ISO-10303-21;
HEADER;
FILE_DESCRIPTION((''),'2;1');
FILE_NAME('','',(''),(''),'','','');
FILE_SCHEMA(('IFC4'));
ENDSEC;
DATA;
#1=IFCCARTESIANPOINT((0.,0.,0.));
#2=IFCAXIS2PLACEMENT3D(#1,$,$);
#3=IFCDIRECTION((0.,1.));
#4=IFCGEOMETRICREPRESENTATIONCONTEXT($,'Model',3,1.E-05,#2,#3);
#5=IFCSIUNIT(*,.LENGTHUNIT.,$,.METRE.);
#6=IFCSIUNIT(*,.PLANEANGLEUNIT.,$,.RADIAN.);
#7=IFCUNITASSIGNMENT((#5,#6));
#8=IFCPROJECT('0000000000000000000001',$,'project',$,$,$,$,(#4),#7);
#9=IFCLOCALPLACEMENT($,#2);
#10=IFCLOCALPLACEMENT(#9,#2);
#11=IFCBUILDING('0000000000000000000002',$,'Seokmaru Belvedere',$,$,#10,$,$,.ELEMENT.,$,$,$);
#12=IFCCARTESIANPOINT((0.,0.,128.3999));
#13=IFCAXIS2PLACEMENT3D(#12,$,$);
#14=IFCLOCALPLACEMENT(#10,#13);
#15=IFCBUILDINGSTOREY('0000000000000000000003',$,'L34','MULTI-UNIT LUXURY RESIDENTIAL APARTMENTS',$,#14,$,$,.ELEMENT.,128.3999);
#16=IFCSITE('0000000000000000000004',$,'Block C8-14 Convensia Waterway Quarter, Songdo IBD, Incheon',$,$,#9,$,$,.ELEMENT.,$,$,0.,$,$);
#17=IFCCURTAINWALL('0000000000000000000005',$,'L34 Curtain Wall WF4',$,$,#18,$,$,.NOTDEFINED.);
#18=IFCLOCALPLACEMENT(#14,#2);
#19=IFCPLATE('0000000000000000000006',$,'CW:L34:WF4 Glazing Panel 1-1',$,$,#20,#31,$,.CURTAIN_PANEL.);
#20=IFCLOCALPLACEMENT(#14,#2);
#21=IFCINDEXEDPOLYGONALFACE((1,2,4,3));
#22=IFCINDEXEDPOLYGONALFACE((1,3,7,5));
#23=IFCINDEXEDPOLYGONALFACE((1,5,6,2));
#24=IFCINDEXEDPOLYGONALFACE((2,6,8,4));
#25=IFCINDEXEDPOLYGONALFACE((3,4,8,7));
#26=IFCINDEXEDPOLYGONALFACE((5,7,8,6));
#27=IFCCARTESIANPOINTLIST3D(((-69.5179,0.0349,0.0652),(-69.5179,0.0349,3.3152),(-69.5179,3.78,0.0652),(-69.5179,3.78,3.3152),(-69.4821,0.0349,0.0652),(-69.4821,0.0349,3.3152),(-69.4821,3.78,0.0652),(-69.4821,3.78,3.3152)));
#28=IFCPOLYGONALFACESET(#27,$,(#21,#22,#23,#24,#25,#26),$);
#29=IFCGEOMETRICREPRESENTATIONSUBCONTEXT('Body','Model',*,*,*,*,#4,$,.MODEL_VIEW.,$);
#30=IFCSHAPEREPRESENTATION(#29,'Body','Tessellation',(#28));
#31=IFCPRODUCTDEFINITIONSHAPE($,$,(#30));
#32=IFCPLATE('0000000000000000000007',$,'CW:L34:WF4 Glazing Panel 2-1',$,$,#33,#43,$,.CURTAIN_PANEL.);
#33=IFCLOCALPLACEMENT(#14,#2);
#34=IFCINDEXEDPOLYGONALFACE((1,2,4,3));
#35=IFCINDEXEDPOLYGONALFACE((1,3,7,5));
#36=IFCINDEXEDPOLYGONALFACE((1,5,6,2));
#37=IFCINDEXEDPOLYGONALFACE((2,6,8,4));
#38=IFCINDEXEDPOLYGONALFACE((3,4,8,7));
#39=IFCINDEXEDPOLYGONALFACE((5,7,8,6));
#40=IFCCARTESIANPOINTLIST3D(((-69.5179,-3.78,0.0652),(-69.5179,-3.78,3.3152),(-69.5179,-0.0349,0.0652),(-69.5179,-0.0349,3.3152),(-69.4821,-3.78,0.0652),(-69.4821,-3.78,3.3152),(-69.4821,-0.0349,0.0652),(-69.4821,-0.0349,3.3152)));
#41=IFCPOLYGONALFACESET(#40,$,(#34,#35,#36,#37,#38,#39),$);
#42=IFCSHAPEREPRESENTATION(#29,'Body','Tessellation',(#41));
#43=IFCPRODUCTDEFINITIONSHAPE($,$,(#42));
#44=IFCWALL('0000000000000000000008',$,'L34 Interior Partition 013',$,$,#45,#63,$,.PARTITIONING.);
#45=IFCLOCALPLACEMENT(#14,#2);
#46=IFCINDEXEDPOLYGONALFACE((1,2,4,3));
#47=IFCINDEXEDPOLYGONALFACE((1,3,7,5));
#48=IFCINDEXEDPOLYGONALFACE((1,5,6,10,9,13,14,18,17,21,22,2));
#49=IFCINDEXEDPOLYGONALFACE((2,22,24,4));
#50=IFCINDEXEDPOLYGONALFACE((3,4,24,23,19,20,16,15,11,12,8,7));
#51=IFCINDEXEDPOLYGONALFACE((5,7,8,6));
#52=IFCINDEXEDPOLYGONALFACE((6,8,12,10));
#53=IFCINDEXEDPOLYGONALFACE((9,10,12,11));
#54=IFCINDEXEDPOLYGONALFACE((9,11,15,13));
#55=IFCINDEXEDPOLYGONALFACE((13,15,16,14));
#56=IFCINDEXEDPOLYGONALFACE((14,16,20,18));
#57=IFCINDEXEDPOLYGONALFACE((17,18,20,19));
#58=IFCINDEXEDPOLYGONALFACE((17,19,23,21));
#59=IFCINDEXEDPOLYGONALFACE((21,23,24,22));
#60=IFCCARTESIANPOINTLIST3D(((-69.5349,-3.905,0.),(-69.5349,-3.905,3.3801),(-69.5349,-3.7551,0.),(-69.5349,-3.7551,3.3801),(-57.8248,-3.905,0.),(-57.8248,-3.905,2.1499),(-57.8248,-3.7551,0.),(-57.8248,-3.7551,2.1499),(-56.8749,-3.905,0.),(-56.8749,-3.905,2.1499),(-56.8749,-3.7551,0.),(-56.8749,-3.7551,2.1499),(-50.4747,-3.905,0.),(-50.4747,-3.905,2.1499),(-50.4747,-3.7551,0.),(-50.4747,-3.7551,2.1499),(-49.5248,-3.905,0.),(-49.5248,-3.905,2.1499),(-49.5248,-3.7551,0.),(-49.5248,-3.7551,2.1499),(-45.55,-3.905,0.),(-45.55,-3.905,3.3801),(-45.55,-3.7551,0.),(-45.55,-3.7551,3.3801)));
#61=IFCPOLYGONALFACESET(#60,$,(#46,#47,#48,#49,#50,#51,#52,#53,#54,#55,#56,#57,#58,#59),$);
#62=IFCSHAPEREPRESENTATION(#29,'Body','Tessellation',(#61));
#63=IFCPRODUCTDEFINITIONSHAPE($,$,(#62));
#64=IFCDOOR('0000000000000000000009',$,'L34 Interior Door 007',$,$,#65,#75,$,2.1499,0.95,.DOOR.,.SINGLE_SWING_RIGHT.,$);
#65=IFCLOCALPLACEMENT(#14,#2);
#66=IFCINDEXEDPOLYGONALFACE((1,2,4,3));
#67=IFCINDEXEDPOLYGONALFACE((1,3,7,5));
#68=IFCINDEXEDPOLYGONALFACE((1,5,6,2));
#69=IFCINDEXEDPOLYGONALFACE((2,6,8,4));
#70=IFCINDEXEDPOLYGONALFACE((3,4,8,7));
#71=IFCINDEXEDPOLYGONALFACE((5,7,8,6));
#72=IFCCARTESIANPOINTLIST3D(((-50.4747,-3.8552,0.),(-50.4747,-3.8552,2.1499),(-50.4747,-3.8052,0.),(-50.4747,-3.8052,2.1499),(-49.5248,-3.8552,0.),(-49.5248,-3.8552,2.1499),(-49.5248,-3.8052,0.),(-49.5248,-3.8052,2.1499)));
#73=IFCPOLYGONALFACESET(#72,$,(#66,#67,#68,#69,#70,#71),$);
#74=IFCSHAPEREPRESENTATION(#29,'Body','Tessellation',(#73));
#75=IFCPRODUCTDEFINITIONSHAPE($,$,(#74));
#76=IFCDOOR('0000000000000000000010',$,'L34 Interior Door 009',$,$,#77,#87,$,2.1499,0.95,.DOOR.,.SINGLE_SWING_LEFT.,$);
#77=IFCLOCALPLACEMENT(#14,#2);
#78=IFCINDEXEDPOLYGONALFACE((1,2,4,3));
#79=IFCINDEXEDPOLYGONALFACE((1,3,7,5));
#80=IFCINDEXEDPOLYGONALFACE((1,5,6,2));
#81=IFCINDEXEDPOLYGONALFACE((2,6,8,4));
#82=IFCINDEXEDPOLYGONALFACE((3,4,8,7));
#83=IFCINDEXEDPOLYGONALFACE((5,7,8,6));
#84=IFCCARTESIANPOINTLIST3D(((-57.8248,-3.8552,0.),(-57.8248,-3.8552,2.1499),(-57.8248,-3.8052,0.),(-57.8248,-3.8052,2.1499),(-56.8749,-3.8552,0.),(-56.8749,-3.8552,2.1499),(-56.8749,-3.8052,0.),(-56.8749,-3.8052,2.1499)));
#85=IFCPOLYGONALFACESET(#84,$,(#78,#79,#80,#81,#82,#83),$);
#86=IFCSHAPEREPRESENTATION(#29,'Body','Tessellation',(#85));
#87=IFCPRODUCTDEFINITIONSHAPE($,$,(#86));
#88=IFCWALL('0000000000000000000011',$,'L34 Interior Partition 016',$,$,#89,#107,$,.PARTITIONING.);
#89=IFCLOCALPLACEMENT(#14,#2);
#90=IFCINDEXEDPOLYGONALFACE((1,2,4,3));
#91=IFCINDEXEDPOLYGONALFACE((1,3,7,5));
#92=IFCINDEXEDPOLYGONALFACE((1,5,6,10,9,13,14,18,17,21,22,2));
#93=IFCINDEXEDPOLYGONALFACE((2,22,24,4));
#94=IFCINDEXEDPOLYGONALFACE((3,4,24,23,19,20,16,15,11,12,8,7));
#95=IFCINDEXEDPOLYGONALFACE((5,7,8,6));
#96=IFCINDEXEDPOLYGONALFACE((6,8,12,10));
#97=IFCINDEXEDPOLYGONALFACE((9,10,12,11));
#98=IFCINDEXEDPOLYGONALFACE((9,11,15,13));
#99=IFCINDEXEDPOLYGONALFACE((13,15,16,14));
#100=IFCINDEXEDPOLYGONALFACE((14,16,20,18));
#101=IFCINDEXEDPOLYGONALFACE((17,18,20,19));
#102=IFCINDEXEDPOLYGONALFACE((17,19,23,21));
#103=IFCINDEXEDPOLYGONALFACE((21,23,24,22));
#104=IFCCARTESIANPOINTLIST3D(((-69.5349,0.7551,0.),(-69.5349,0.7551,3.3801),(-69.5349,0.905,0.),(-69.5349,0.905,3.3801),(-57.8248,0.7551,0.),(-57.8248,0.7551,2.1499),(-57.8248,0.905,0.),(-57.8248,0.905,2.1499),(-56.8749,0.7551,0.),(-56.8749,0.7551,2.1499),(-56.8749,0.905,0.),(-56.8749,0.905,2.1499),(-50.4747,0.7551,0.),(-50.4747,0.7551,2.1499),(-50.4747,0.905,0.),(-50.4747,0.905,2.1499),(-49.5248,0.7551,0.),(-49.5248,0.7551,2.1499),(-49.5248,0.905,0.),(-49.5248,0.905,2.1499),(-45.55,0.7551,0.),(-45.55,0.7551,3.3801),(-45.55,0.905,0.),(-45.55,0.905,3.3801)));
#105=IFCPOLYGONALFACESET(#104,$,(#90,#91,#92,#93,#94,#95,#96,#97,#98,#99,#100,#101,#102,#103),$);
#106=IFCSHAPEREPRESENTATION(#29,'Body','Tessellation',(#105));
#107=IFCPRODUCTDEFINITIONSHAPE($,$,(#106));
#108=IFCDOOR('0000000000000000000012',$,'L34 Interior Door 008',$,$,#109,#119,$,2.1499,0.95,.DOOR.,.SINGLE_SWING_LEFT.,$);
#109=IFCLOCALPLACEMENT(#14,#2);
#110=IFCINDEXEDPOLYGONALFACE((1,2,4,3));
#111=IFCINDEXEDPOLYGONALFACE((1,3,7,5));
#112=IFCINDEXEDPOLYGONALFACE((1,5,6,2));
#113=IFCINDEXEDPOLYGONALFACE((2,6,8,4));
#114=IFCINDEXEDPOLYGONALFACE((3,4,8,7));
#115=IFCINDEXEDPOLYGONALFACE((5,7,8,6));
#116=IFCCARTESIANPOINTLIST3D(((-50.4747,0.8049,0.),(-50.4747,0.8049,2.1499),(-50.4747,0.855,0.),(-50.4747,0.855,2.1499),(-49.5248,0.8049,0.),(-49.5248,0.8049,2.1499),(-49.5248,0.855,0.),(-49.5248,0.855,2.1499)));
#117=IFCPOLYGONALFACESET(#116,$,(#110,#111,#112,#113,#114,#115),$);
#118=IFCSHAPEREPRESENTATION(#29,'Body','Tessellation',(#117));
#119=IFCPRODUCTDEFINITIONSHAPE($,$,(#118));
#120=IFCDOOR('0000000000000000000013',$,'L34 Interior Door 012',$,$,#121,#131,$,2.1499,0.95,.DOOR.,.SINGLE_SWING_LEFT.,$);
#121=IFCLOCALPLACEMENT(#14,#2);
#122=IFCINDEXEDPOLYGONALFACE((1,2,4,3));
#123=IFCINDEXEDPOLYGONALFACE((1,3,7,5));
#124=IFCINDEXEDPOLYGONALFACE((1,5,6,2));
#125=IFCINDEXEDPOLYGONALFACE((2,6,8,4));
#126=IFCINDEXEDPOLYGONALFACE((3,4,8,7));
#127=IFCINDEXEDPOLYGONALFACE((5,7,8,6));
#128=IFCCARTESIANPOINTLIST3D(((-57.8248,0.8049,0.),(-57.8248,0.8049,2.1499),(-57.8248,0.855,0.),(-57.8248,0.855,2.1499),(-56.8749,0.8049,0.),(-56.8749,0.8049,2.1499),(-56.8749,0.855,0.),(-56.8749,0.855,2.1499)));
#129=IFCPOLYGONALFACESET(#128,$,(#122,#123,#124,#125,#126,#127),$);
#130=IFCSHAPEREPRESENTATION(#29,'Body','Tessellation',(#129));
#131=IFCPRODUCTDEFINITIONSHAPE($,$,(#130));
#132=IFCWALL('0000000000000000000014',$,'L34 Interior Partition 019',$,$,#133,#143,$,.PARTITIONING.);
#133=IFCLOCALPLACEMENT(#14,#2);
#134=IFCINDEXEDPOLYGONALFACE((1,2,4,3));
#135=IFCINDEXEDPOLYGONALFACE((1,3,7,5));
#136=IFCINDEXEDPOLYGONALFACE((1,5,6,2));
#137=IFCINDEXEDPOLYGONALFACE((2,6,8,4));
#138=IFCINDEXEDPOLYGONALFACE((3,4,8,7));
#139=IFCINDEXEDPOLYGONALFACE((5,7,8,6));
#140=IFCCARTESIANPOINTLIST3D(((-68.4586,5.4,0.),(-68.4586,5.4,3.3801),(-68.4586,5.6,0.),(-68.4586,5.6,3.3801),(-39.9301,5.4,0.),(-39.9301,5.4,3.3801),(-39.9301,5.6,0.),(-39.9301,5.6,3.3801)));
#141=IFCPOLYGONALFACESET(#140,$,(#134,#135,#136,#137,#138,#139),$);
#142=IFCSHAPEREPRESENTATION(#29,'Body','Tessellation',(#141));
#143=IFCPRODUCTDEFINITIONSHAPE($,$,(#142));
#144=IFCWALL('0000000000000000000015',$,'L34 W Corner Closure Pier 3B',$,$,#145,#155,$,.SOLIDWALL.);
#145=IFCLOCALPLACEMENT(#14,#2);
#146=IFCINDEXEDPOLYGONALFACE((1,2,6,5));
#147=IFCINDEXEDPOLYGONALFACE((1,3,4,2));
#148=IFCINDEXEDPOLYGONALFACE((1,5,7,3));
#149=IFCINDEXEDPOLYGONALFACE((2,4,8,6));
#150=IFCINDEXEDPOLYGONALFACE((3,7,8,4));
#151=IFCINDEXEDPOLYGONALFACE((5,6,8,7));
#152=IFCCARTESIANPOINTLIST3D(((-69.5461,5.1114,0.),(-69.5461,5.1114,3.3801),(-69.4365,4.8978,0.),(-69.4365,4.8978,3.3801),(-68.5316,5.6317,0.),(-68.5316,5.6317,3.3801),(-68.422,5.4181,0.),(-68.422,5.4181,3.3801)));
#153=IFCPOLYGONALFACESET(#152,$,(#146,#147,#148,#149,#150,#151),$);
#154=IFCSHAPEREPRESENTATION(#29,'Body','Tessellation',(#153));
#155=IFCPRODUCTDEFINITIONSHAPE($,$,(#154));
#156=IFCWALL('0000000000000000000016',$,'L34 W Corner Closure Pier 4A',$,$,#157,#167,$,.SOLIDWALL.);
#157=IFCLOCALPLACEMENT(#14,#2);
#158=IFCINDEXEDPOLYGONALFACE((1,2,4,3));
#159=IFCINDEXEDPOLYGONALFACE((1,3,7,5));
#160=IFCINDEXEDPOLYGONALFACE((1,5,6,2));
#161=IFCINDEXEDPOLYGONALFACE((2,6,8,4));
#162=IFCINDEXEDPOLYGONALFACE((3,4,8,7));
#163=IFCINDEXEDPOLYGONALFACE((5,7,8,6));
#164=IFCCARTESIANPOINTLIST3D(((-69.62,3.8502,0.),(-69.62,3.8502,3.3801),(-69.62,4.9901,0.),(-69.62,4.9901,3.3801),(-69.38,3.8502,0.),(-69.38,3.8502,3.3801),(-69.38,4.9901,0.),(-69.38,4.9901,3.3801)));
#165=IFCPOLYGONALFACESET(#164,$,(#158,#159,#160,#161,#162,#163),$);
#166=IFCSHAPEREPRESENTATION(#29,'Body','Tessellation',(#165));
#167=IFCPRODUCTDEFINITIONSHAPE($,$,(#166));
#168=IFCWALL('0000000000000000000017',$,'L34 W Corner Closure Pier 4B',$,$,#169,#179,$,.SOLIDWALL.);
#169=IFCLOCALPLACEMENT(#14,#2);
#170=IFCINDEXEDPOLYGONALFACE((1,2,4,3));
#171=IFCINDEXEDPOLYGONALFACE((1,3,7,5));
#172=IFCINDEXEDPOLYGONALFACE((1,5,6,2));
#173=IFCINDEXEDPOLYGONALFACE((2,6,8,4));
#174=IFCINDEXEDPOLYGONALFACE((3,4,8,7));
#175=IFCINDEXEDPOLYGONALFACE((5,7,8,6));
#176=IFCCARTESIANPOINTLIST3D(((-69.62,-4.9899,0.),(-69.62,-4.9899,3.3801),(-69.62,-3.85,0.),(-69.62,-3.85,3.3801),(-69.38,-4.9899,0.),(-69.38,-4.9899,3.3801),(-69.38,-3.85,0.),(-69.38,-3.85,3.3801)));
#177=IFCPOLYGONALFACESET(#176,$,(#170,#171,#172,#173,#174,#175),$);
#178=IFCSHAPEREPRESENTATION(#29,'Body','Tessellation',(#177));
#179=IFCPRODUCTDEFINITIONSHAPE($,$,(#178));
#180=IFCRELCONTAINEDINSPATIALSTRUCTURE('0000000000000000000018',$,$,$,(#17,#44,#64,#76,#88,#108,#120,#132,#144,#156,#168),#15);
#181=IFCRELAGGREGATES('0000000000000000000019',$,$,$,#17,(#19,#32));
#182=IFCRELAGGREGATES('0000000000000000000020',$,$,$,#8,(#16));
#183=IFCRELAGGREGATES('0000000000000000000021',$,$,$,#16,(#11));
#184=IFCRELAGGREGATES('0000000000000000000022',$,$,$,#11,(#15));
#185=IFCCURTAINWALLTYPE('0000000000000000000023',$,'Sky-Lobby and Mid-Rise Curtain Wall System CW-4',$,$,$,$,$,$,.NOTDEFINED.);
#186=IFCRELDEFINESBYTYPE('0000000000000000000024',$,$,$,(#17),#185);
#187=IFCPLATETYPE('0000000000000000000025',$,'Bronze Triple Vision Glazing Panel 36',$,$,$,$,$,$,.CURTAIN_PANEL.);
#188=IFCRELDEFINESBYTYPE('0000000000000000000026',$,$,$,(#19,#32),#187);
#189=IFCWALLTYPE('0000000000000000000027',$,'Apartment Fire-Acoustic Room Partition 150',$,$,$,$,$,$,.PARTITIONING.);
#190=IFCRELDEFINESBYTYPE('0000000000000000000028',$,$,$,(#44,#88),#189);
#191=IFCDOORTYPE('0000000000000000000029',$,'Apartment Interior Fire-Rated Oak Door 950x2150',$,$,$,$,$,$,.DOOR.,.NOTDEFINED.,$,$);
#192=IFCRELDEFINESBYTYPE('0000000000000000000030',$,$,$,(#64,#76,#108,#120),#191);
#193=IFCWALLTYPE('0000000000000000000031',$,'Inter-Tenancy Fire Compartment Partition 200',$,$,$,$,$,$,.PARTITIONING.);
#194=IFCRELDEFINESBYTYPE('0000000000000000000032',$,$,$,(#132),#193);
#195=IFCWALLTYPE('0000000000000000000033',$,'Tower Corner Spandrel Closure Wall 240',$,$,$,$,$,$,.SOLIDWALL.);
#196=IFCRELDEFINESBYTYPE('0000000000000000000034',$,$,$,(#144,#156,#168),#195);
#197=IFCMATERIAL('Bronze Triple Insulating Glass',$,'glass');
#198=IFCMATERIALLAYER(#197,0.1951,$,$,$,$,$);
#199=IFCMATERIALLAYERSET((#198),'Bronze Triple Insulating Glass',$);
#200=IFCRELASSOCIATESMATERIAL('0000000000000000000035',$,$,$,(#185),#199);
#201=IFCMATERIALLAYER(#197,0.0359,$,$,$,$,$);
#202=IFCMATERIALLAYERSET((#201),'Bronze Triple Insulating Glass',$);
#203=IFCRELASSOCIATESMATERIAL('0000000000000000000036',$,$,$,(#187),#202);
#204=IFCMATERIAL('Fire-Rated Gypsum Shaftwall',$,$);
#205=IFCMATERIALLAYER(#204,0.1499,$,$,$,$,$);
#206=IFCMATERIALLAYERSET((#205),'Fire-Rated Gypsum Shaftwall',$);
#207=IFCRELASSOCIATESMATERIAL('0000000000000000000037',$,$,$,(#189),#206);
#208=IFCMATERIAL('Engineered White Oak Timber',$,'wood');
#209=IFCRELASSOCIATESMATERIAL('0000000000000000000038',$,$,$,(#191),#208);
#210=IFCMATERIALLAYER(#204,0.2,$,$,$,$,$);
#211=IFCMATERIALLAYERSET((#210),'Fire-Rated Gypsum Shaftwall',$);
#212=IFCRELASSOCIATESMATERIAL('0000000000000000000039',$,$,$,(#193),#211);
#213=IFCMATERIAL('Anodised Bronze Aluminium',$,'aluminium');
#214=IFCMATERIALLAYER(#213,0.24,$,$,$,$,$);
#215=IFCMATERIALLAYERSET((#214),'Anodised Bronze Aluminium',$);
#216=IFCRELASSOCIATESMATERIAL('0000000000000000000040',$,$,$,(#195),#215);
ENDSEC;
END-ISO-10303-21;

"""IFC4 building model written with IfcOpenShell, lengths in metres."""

from ifc_helpers import new_model, si_unit, direction, frame, frame_2d, origin, origin_2d, place, context, subcontext, project, spatial, rectangle, extrude, source, transform, mapped, material, layer, layer_set, type_object, type_shapes, element, fill, aggregate, save


model = new_model("IFC4")

# Units and contexts
model_context = context("Model", 3, precision=1e-05, world=origin(), true_north=direction((0.0, 1.0)))
body_context = subcontext(model_context, "Body", "Model", "MODEL_VIEW")
ifc_project = project(units=[si_unit("LENGTHUNIT", "METRE"), si_unit("PLANEANGLEUNIT", "RADIAN")], contexts=[model_context])

# Site, building, storey
site_placement = place(None, origin())
site = spatial("IfcSite", under=ifc_project, at=site_placement, Name="Block C8-14 Convensia Waterway Quarter, Songdo IBD, Incheon", CompositionType="ELEMENT", RefElevation=0.0)
building_placement = place(site_placement, origin())
building = spatial("IfcBuilding", under=site, at=building_placement, Name="Seokmaru Belvedere", CompositionType="ELEMENT")
storey_placement = place(building_placement, frame((0.0, 0.0, 128.3999)))
storey = spatial("IfcBuildingStorey", under=building, at=storey_placement, Name="L34", Description="MULTI-UNIT LUXURY RESIDENTIAL APARTMENTS", CompositionType="ELEMENT", Elevation=128.3999)

# Shared definitions
ifc_material_1 = material(Name="Bronze Triple Insulating Glass", Category="glass")
ifc_layer_1 = layer(ifc_material_1, 0.1951)
ifc_layer_set_1 = layer_set([ifc_layer_1], Name="Bronze Triple Insulating Glass")
curtain_wall_type = type_object("IfcCurtainWallType", Name="Sky-Lobby and Mid-Rise Curtain Wall System CW-4", PredefinedType="NOTDEFINED", material=ifc_layer_set_1)
ifc_material_2 = material(Name="Anodised Bronze Aluminium", Category="aluminium")

# Curtain wall
curtain_wall_1_placement = place(storey_placement, origin())
curtain_wall_1 = element("IfcCurtainWall", 1, at=curtain_wall_1_placement, inside=storey, type_object=curtain_wall_type, Name="L34 Curtain Wall WF4", PredefinedType="NOTDEFINED")

# Plates
ifc_layer_2 = layer(ifc_material_1, 0.0359)
ifc_layer_set_2 = layer_set([ifc_layer_2], Name="Bronze Triple Insulating Glass")
plate_type = type_object("IfcPlateType", Name="Bronze Triple Vision Glazing Panel 36", PredefinedType="CURTAIN_PANEL", material=ifc_layer_set_2)
shared_shape_1 = source(origin(), body_context, "Body", "SweptSolid", [
    extrude(rectangle(XDim=3.7451, YDim=0.0359, at=origin_2d()), origin(), (0.0, 0.0, 1.0), 3.25),
])
plate_1_placement = place(storey_placement, frame((-69.5, 1.9075, 0.0652), z_axis=(0.0, 0.0, 1.0), x_axis=(0.0, -1.0, 0.0)))
plate_1 = element("IfcPlate", 2, at=plate_1_placement, type_object=plate_type, Name="CW:L34:WF4 Glazing Panel 1-1", PredefinedType="CURTAIN_PANEL", context=body_context, shape_type="MappedRepresentation", body=[
    mapped(shared_shape_1, transform((0.0, 0.0, 0.0), scale=1.0)),
])
plate_2_placement = place(storey_placement, frame((-69.5, -1.9075, 0.0652), z_axis=(0.0, 0.0, 1.0), x_axis=(0.0, -1.0, 0.0)))
plate_2 = element("IfcPlate", 3, at=plate_2_placement, type_object=plate_type, Name="CW:L34:WF4 Glazing Panel 2-1", PredefinedType="CURTAIN_PANEL", context=body_context, shape_type="MappedRepresentation", body=[
    mapped(shared_shape_1, transform((0.0, 0.0, 0.0), scale=1.0)),
])
aggregate(curtain_wall_1, [plate_1, plate_2])

# Walls, openings, doors
ifc_material_3 = material(Name="Fire-Rated Gypsum Shaftwall")
ifc_layer_3 = layer(ifc_material_3, 0.1499)
ifc_layer_set_3 = layer_set([ifc_layer_3], Name="Fire-Rated Gypsum Shaftwall")
wall_type_1 = type_object("IfcWallType", Name="Apartment Fire-Acoustic Room Partition 150", PredefinedType="PARTITIONING", material=ifc_layer_set_3)
wall_1_placement = place(storey_placement, frame((-69.5349, -3.8301, 0.0), z_axis=(0.0, 0.0, 1.0), x_axis=(1.0, 0.0, 0.0)))
wall_1 = element("IfcWall", 4, at=wall_1_placement, inside=storey, type_object=wall_type_1, Name="L34 Interior Partition 013", PredefinedType="PARTITIONING", context=body_context, shape_type="SweptSolid", body=[
    extrude(rectangle(XDim=23.9849, YDim=0.1499, at=frame_2d((11.9924, 0.0))), origin(), (0.0, 0.0, 1.0), 3.3801),
])
opening_1_placement = place(wall_1_placement, frame((19.0601, 0.0, 0.0)))
opening_1 = element("IfcOpeningElement", 5, at=opening_1_placement, cuts=wall_1, PredefinedType="OPENING", context=body_context, shape_type="SweptSolid", body=[
    extrude(rectangle(XDim=0.95, YDim=2.1499, at=frame_2d((0.4751, 1.075))), frame((0.0, 0.085, 0.0), z_axis=(0.0, -1.0, 0.0), x_axis=(1.0, 0.0, 0.0)), (0.0, 0.0, 1.0), 0.1699),
])
opening_2_placement = place(wall_1_placement, frame((11.71, 0.0, 0.0)))
opening_2 = element("IfcOpeningElement", 6, at=opening_2_placement, cuts=wall_1, PredefinedType="OPENING", context=body_context, shape_type="SweptSolid", body=[
    extrude(rectangle(XDim=0.95, YDim=2.1499, at=frame_2d((0.4751, 1.075))), frame((0.0, 0.085, 0.0), z_axis=(0.0, -1.0, 0.0), x_axis=(1.0, 0.0, 0.0)), (0.0, 0.0, 1.0), 0.1699),
])
ifc_material_4 = material(Name="Engineered White Oak Timber", Category="wood")
door_type = type_object("IfcDoorType", Name="Apartment Interior Fire-Rated Oak Door 950x2150", OperationType="NOTDEFINED", PredefinedType="DOOR", material=ifc_material_4)
shared_shape_2 = source(origin(), body_context, "Body", "SweptSolid", [
    extrude(rectangle(XDim=0.95, YDim=2.1499, at=frame_2d((0.4751, 1.075))), frame((0.0, 0.0249, 0.0), z_axis=(0.0, -1.0, 0.0), x_axis=(1.0, 0.0, 0.0)), (0.0, 0.0, 1.0), 0.05),
])
type_shapes(door_type, [shared_shape_2])
door_1_placement = place(opening_1_placement, origin())
door_1 = element("IfcDoor", 7, at=door_1_placement, inside=storey, type_object=door_type, Name="L34 Interior Door 007", OperationType="SINGLE_SWING_RIGHT", OverallHeight=2.1499, OverallWidth=0.95, PredefinedType="DOOR", context=body_context, shape_type="MappedRepresentation", body=[
    mapped(shared_shape_2, transform((0.0, 0.0, 0.0), scale=1.0)),
])
fill(opening_1, door_1)
door_2_placement = place(opening_2_placement, origin())
door_2 = element("IfcDoor", 8, at=door_2_placement, inside=storey, type_object=door_type, Name="L34 Interior Door 009", OperationType="SINGLE_SWING_LEFT", OverallHeight=2.1499, OverallWidth=0.95, PredefinedType="DOOR", context=body_context, shape_type="MappedRepresentation", body=[
    mapped(shared_shape_2, transform((0.0, 0.0, 0.0), scale=1.0)),
])
fill(opening_2, door_2)
wall_2_placement = place(storey_placement, frame((-69.5349, 0.8301, 0.0), z_axis=(0.0, 0.0, 1.0), x_axis=(1.0, 0.0, 0.0)))
wall_2 = element("IfcWall", 9, at=wall_2_placement, inside=storey, type_object=wall_type_1, Name="L34 Interior Partition 016", PredefinedType="PARTITIONING", context=body_context, shape_type="SweptSolid", body=[
    extrude(rectangle(XDim=23.9849, YDim=0.1499, at=frame_2d((11.9924, 0.0))), origin(), (0.0, 0.0, 1.0), 3.3801),
])
opening_3_placement = place(wall_2_placement, frame((19.0601, 0.0, 0.0)))
opening_3 = element("IfcOpeningElement", 10, at=opening_3_placement, cuts=wall_2, PredefinedType="OPENING", context=body_context, shape_type="SweptSolid", body=[
    extrude(rectangle(XDim=0.95, YDim=2.1499, at=frame_2d((0.4751, 1.075))), frame((0.0, 0.085, 0.0), z_axis=(0.0, -1.0, 0.0), x_axis=(1.0, 0.0, 0.0)), (0.0, 0.0, 1.0), 0.1699),
])
opening_4_placement = place(wall_2_placement, frame((11.71, 0.0, 0.0)))
opening_4 = element("IfcOpeningElement", 11, at=opening_4_placement, cuts=wall_2, PredefinedType="OPENING", context=body_context, shape_type="SweptSolid", body=[
    extrude(rectangle(XDim=0.95, YDim=2.1499, at=frame_2d((0.4751, 1.075))), frame((0.0, 0.085, 0.0), z_axis=(0.0, -1.0, 0.0), x_axis=(1.0, 0.0, 0.0)), (0.0, 0.0, 1.0), 0.1699),
])
door_3_placement = place(opening_3_placement, origin())
door_3 = element("IfcDoor", 12, at=door_3_placement, inside=storey, type_object=door_type, Name="L34 Interior Door 008", OperationType="SINGLE_SWING_LEFT", OverallHeight=2.1499, OverallWidth=0.95, PredefinedType="DOOR", context=body_context, shape_type="MappedRepresentation", body=[
    mapped(shared_shape_2, transform((0.0, 0.0, 0.0), scale=1.0)),
])
fill(opening_3, door_3)
door_4_placement = place(opening_4_placement, origin())
door_4 = element("IfcDoor", 13, at=door_4_placement, inside=storey, type_object=door_type, Name="L34 Interior Door 012", OperationType="SINGLE_SWING_LEFT", OverallHeight=2.1499, OverallWidth=0.95, PredefinedType="DOOR", context=body_context, shape_type="MappedRepresentation", body=[
    mapped(shared_shape_2, transform((0.0, 0.0, 0.0), scale=1.0)),
])
fill(opening_4, door_4)

# Walls
ifc_layer_4 = layer(ifc_material_3, 0.2)
ifc_layer_set_4 = layer_set([ifc_layer_4], Name="Fire-Rated Gypsum Shaftwall")
wall_type_2 = type_object("IfcWallType", Name="Inter-Tenancy Fire Compartment Partition 200", PredefinedType="PARTITIONING", material=ifc_layer_set_4)
wall_3_placement = place(storey_placement, frame((-68.4585, 5.5, 0.0), z_axis=(0.0, 0.0, 1.0), x_axis=(1.0, 0.0, 0.0)))
element("IfcWall", 14, at=wall_3_placement, inside=storey, type_object=wall_type_2, Name="L34 Interior Partition 019", PredefinedType="PARTITIONING", context=body_context, shape_type="SweptSolid", body=[
    extrude(rectangle(XDim=28.5286, YDim=0.2, at=frame_2d((14.2642, 0.0))), origin(), (0.0, 0.0, 1.0), 3.3801),
])
ifc_layer_5 = layer(ifc_material_2, 0.24)
ifc_layer_set_5 = layer_set([ifc_layer_5], Name="Anodised Bronze Aluminium")
wall_type_3 = type_object("IfcWallType", Name="Tower Corner Spandrel Closure Wall 240", PredefinedType="SOLIDWALL", material=ifc_layer_set_5)
wall_4_placement = place(storey_placement, frame((-68.4768, 5.5249, 0.0), z_axis=(0.0, 0.0, 1.0), x_axis=(-0.889797, -0.456356, 0.0)))
element("IfcWall", 15, at=wall_4_placement, inside=storey, type_object=wall_type_3, Name="L34 W Corner Closure Pier 3B", PredefinedType="SOLIDWALL", context=body_context, shape_type="SweptSolid", body=[
    extrude(rectangle(XDim=1.1401, YDim=0.24, at=frame_2d((0.5701, 0.0))), origin(), (0.0, 0.0, 1.0), 3.3801),
])
for number, where, z_axis, x_axis, name in (
    (16, (-69.5, 4.99, 0.0), (0.0, 0.0, 1.0), (0.0, -1.0, 0.0), "L34 W Corner Closure Pier 4A"),
    (17, (-69.5, -3.8501, 0.0), (0.0, 0.0, 1.0), (0.0, -1.0, 0.0), "L34 W Corner Closure Pier 4B"),
):
    element("IfcWall", number, at=place(storey_placement, frame(where, z_axis=z_axis, x_axis=x_axis)), inside=storey, type_object=wall_type_3, Name=name, PredefinedType="SOLIDWALL", context=body_context, shape_type="SweptSolid", body=[
        extrude(rectangle(XDim=1.1399, YDim=0.24, at=frame_2d((0.5698, 0.0))), origin(), (0.0, 0.0, 1.0), 3.3801),
    ])

save(model, "model.ifc")
